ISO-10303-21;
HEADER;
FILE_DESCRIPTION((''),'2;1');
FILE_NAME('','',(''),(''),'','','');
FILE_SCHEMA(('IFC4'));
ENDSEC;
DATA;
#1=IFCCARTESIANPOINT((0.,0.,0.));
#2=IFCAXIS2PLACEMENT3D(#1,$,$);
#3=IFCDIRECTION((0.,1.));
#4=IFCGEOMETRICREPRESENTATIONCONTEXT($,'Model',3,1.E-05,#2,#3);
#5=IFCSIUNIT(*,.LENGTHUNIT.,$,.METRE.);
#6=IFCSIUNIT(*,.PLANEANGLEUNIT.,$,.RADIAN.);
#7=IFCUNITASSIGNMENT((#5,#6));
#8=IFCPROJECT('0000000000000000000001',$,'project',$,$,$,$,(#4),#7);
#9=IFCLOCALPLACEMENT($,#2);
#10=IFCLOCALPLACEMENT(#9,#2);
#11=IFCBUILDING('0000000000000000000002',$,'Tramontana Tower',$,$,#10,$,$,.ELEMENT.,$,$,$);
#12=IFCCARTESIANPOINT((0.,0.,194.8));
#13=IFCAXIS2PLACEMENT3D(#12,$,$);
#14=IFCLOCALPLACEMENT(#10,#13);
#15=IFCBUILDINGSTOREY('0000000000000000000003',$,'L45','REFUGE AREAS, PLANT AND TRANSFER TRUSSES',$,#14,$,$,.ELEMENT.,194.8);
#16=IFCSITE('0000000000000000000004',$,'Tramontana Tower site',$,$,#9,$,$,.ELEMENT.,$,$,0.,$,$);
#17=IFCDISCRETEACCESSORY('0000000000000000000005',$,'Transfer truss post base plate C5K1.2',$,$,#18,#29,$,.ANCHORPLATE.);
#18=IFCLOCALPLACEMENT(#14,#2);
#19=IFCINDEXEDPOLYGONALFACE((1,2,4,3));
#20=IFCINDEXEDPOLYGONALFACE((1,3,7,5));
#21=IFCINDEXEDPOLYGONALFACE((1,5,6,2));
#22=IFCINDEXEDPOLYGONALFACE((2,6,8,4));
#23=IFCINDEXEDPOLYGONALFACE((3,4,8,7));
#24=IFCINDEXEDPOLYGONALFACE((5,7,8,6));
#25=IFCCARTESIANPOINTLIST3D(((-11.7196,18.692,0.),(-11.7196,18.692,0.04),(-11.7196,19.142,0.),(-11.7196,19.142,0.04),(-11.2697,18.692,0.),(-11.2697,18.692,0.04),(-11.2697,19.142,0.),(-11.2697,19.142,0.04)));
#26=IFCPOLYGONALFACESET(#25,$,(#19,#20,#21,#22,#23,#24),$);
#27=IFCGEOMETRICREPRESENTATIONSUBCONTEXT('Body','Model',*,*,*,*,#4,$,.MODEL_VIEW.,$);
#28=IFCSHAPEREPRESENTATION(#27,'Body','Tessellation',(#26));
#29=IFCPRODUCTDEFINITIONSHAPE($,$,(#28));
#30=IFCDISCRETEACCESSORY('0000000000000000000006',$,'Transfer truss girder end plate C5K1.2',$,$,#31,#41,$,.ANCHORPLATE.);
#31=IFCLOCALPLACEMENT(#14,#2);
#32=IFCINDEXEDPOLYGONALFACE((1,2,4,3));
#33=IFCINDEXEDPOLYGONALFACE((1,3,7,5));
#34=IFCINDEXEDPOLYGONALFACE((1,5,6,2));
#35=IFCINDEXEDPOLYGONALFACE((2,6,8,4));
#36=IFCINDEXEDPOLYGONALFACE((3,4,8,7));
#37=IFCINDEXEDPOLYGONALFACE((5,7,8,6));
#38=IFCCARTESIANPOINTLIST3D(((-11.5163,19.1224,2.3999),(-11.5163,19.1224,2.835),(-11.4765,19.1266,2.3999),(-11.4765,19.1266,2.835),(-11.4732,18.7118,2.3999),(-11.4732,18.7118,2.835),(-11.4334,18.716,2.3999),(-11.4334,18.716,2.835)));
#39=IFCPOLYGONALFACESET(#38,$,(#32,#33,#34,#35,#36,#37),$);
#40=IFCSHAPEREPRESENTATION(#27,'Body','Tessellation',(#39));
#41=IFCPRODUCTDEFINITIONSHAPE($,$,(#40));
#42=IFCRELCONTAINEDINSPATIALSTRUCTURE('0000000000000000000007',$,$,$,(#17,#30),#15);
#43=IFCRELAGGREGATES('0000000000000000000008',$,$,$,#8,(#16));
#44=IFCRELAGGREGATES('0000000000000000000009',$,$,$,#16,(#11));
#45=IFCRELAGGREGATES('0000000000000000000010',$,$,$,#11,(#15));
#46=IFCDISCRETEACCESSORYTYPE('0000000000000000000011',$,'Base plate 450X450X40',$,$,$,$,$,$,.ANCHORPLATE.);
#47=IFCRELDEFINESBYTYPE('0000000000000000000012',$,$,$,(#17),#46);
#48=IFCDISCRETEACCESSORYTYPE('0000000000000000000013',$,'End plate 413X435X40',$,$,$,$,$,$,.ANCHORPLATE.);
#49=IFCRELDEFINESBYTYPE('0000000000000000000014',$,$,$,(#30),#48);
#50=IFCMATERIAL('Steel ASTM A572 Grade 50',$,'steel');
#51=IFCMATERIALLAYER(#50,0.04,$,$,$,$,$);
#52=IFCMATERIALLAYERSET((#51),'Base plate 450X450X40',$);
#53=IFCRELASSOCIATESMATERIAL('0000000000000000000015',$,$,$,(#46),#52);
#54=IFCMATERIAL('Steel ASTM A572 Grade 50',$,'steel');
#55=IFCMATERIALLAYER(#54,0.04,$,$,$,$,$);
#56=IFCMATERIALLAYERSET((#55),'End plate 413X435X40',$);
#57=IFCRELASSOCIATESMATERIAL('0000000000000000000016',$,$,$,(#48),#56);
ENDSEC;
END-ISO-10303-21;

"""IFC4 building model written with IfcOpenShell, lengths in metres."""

from ifc_helpers import new_model, si_unit, direction, frame, origin, origin_2d, place, context, subcontext, project, spatial, rectangle, extrude, material, layer, layer_set, type_object, element, save


model = new_model("IFC4")

# Units and contexts
model_context = context("Model", 3, precision=1e-05, world=origin(), true_north=direction((0.0, 1.0)))
body_context = subcontext(model_context, "Body", "Model", "MODEL_VIEW")
ifc_project = project(units=[si_unit("LENGTHUNIT", "METRE"), si_unit("PLANEANGLEUNIT", "RADIAN")], contexts=[model_context])

# Site, building, storey
site_placement = place(None, origin())
site = spatial("IfcSite", under=ifc_project, at=site_placement, Name="Tramontana Tower site", CompositionType="ELEMENT", RefElevation=0.0)
building_placement = place(site_placement, origin())
building = spatial("IfcBuilding", under=site, at=building_placement, Name="Tramontana Tower", CompositionType="ELEMENT")
storey_placement = place(building_placement, frame((0.0, 0.0, 194.8)))
storey = spatial("IfcBuildingStorey", under=building, at=storey_placement, Name="L45", Description="REFUGE AREAS, PLANT AND TRANSFER TRUSSES", CompositionType="ELEMENT", Elevation=194.8)

# Discrete accessories
ifc_material_1 = material(Name="Steel ASTM A572 Grade 50", Category="steel")
ifc_layer_1 = layer(ifc_material_1, 0.04)
ifc_layer_set_1 = layer_set([ifc_layer_1], Name="Base plate 450X450X40")
discrete_accessory_type_1 = type_object("IfcDiscreteAccessoryType", Name="Base plate 450X450X40", PredefinedType="ANCHORPLATE", material=ifc_layer_set_1)
discrete_accessory_1_placement = place(storey_placement, frame((-11.4946, 18.917, 0.0), z_axis=(0.0, 0.0, 1.0), x_axis=(1.0, 0.0, 0.0)))
element("IfcDiscreteAccessory", 1, at=discrete_accessory_1_placement, inside=storey, type_object=discrete_accessory_type_1, Name="Transfer truss post base plate C5K1.2", PredefinedType="ANCHORPLATE", context=body_context, shape_type="SweptSolid", body=[
    extrude(rectangle(XDim=0.45, YDim=0.45, at=origin_2d()), origin(), (0.0, 0.0, 1.0), 0.04),
])
ifc_material_2 = material(Name="Steel ASTM A572 Grade 50", Category="steel")
ifc_layer_2 = layer(ifc_material_2, 0.04)
ifc_layer_set_2 = layer_set([ifc_layer_2], Name="End plate 413X435X40")
discrete_accessory_type_2 = type_object("IfcDiscreteAccessoryType", Name="End plate 413X435X40", PredefinedType="ANCHORPLATE", material=ifc_layer_set_2)
discrete_accessory_2_placement = place(storey_placement, frame((-11.4749, 18.9192, 2.3999), z_axis=(0.0, 0.0, 1.0), x_axis=(0.104528, -0.994522, 0.0)))
element("IfcDiscreteAccessory", 2, at=discrete_accessory_2_placement, inside=storey, type_object=discrete_accessory_type_2, Name="Transfer truss girder end plate C5K1.2", PredefinedType="ANCHORPLATE", context=body_context, shape_type="SweptSolid", body=[
    extrude(rectangle(XDim=0.4128, YDim=0.04, at=origin_2d()), origin(), (0.0, 0.0, 1.0), 0.4351),
])

save(model, "model.ifc")
